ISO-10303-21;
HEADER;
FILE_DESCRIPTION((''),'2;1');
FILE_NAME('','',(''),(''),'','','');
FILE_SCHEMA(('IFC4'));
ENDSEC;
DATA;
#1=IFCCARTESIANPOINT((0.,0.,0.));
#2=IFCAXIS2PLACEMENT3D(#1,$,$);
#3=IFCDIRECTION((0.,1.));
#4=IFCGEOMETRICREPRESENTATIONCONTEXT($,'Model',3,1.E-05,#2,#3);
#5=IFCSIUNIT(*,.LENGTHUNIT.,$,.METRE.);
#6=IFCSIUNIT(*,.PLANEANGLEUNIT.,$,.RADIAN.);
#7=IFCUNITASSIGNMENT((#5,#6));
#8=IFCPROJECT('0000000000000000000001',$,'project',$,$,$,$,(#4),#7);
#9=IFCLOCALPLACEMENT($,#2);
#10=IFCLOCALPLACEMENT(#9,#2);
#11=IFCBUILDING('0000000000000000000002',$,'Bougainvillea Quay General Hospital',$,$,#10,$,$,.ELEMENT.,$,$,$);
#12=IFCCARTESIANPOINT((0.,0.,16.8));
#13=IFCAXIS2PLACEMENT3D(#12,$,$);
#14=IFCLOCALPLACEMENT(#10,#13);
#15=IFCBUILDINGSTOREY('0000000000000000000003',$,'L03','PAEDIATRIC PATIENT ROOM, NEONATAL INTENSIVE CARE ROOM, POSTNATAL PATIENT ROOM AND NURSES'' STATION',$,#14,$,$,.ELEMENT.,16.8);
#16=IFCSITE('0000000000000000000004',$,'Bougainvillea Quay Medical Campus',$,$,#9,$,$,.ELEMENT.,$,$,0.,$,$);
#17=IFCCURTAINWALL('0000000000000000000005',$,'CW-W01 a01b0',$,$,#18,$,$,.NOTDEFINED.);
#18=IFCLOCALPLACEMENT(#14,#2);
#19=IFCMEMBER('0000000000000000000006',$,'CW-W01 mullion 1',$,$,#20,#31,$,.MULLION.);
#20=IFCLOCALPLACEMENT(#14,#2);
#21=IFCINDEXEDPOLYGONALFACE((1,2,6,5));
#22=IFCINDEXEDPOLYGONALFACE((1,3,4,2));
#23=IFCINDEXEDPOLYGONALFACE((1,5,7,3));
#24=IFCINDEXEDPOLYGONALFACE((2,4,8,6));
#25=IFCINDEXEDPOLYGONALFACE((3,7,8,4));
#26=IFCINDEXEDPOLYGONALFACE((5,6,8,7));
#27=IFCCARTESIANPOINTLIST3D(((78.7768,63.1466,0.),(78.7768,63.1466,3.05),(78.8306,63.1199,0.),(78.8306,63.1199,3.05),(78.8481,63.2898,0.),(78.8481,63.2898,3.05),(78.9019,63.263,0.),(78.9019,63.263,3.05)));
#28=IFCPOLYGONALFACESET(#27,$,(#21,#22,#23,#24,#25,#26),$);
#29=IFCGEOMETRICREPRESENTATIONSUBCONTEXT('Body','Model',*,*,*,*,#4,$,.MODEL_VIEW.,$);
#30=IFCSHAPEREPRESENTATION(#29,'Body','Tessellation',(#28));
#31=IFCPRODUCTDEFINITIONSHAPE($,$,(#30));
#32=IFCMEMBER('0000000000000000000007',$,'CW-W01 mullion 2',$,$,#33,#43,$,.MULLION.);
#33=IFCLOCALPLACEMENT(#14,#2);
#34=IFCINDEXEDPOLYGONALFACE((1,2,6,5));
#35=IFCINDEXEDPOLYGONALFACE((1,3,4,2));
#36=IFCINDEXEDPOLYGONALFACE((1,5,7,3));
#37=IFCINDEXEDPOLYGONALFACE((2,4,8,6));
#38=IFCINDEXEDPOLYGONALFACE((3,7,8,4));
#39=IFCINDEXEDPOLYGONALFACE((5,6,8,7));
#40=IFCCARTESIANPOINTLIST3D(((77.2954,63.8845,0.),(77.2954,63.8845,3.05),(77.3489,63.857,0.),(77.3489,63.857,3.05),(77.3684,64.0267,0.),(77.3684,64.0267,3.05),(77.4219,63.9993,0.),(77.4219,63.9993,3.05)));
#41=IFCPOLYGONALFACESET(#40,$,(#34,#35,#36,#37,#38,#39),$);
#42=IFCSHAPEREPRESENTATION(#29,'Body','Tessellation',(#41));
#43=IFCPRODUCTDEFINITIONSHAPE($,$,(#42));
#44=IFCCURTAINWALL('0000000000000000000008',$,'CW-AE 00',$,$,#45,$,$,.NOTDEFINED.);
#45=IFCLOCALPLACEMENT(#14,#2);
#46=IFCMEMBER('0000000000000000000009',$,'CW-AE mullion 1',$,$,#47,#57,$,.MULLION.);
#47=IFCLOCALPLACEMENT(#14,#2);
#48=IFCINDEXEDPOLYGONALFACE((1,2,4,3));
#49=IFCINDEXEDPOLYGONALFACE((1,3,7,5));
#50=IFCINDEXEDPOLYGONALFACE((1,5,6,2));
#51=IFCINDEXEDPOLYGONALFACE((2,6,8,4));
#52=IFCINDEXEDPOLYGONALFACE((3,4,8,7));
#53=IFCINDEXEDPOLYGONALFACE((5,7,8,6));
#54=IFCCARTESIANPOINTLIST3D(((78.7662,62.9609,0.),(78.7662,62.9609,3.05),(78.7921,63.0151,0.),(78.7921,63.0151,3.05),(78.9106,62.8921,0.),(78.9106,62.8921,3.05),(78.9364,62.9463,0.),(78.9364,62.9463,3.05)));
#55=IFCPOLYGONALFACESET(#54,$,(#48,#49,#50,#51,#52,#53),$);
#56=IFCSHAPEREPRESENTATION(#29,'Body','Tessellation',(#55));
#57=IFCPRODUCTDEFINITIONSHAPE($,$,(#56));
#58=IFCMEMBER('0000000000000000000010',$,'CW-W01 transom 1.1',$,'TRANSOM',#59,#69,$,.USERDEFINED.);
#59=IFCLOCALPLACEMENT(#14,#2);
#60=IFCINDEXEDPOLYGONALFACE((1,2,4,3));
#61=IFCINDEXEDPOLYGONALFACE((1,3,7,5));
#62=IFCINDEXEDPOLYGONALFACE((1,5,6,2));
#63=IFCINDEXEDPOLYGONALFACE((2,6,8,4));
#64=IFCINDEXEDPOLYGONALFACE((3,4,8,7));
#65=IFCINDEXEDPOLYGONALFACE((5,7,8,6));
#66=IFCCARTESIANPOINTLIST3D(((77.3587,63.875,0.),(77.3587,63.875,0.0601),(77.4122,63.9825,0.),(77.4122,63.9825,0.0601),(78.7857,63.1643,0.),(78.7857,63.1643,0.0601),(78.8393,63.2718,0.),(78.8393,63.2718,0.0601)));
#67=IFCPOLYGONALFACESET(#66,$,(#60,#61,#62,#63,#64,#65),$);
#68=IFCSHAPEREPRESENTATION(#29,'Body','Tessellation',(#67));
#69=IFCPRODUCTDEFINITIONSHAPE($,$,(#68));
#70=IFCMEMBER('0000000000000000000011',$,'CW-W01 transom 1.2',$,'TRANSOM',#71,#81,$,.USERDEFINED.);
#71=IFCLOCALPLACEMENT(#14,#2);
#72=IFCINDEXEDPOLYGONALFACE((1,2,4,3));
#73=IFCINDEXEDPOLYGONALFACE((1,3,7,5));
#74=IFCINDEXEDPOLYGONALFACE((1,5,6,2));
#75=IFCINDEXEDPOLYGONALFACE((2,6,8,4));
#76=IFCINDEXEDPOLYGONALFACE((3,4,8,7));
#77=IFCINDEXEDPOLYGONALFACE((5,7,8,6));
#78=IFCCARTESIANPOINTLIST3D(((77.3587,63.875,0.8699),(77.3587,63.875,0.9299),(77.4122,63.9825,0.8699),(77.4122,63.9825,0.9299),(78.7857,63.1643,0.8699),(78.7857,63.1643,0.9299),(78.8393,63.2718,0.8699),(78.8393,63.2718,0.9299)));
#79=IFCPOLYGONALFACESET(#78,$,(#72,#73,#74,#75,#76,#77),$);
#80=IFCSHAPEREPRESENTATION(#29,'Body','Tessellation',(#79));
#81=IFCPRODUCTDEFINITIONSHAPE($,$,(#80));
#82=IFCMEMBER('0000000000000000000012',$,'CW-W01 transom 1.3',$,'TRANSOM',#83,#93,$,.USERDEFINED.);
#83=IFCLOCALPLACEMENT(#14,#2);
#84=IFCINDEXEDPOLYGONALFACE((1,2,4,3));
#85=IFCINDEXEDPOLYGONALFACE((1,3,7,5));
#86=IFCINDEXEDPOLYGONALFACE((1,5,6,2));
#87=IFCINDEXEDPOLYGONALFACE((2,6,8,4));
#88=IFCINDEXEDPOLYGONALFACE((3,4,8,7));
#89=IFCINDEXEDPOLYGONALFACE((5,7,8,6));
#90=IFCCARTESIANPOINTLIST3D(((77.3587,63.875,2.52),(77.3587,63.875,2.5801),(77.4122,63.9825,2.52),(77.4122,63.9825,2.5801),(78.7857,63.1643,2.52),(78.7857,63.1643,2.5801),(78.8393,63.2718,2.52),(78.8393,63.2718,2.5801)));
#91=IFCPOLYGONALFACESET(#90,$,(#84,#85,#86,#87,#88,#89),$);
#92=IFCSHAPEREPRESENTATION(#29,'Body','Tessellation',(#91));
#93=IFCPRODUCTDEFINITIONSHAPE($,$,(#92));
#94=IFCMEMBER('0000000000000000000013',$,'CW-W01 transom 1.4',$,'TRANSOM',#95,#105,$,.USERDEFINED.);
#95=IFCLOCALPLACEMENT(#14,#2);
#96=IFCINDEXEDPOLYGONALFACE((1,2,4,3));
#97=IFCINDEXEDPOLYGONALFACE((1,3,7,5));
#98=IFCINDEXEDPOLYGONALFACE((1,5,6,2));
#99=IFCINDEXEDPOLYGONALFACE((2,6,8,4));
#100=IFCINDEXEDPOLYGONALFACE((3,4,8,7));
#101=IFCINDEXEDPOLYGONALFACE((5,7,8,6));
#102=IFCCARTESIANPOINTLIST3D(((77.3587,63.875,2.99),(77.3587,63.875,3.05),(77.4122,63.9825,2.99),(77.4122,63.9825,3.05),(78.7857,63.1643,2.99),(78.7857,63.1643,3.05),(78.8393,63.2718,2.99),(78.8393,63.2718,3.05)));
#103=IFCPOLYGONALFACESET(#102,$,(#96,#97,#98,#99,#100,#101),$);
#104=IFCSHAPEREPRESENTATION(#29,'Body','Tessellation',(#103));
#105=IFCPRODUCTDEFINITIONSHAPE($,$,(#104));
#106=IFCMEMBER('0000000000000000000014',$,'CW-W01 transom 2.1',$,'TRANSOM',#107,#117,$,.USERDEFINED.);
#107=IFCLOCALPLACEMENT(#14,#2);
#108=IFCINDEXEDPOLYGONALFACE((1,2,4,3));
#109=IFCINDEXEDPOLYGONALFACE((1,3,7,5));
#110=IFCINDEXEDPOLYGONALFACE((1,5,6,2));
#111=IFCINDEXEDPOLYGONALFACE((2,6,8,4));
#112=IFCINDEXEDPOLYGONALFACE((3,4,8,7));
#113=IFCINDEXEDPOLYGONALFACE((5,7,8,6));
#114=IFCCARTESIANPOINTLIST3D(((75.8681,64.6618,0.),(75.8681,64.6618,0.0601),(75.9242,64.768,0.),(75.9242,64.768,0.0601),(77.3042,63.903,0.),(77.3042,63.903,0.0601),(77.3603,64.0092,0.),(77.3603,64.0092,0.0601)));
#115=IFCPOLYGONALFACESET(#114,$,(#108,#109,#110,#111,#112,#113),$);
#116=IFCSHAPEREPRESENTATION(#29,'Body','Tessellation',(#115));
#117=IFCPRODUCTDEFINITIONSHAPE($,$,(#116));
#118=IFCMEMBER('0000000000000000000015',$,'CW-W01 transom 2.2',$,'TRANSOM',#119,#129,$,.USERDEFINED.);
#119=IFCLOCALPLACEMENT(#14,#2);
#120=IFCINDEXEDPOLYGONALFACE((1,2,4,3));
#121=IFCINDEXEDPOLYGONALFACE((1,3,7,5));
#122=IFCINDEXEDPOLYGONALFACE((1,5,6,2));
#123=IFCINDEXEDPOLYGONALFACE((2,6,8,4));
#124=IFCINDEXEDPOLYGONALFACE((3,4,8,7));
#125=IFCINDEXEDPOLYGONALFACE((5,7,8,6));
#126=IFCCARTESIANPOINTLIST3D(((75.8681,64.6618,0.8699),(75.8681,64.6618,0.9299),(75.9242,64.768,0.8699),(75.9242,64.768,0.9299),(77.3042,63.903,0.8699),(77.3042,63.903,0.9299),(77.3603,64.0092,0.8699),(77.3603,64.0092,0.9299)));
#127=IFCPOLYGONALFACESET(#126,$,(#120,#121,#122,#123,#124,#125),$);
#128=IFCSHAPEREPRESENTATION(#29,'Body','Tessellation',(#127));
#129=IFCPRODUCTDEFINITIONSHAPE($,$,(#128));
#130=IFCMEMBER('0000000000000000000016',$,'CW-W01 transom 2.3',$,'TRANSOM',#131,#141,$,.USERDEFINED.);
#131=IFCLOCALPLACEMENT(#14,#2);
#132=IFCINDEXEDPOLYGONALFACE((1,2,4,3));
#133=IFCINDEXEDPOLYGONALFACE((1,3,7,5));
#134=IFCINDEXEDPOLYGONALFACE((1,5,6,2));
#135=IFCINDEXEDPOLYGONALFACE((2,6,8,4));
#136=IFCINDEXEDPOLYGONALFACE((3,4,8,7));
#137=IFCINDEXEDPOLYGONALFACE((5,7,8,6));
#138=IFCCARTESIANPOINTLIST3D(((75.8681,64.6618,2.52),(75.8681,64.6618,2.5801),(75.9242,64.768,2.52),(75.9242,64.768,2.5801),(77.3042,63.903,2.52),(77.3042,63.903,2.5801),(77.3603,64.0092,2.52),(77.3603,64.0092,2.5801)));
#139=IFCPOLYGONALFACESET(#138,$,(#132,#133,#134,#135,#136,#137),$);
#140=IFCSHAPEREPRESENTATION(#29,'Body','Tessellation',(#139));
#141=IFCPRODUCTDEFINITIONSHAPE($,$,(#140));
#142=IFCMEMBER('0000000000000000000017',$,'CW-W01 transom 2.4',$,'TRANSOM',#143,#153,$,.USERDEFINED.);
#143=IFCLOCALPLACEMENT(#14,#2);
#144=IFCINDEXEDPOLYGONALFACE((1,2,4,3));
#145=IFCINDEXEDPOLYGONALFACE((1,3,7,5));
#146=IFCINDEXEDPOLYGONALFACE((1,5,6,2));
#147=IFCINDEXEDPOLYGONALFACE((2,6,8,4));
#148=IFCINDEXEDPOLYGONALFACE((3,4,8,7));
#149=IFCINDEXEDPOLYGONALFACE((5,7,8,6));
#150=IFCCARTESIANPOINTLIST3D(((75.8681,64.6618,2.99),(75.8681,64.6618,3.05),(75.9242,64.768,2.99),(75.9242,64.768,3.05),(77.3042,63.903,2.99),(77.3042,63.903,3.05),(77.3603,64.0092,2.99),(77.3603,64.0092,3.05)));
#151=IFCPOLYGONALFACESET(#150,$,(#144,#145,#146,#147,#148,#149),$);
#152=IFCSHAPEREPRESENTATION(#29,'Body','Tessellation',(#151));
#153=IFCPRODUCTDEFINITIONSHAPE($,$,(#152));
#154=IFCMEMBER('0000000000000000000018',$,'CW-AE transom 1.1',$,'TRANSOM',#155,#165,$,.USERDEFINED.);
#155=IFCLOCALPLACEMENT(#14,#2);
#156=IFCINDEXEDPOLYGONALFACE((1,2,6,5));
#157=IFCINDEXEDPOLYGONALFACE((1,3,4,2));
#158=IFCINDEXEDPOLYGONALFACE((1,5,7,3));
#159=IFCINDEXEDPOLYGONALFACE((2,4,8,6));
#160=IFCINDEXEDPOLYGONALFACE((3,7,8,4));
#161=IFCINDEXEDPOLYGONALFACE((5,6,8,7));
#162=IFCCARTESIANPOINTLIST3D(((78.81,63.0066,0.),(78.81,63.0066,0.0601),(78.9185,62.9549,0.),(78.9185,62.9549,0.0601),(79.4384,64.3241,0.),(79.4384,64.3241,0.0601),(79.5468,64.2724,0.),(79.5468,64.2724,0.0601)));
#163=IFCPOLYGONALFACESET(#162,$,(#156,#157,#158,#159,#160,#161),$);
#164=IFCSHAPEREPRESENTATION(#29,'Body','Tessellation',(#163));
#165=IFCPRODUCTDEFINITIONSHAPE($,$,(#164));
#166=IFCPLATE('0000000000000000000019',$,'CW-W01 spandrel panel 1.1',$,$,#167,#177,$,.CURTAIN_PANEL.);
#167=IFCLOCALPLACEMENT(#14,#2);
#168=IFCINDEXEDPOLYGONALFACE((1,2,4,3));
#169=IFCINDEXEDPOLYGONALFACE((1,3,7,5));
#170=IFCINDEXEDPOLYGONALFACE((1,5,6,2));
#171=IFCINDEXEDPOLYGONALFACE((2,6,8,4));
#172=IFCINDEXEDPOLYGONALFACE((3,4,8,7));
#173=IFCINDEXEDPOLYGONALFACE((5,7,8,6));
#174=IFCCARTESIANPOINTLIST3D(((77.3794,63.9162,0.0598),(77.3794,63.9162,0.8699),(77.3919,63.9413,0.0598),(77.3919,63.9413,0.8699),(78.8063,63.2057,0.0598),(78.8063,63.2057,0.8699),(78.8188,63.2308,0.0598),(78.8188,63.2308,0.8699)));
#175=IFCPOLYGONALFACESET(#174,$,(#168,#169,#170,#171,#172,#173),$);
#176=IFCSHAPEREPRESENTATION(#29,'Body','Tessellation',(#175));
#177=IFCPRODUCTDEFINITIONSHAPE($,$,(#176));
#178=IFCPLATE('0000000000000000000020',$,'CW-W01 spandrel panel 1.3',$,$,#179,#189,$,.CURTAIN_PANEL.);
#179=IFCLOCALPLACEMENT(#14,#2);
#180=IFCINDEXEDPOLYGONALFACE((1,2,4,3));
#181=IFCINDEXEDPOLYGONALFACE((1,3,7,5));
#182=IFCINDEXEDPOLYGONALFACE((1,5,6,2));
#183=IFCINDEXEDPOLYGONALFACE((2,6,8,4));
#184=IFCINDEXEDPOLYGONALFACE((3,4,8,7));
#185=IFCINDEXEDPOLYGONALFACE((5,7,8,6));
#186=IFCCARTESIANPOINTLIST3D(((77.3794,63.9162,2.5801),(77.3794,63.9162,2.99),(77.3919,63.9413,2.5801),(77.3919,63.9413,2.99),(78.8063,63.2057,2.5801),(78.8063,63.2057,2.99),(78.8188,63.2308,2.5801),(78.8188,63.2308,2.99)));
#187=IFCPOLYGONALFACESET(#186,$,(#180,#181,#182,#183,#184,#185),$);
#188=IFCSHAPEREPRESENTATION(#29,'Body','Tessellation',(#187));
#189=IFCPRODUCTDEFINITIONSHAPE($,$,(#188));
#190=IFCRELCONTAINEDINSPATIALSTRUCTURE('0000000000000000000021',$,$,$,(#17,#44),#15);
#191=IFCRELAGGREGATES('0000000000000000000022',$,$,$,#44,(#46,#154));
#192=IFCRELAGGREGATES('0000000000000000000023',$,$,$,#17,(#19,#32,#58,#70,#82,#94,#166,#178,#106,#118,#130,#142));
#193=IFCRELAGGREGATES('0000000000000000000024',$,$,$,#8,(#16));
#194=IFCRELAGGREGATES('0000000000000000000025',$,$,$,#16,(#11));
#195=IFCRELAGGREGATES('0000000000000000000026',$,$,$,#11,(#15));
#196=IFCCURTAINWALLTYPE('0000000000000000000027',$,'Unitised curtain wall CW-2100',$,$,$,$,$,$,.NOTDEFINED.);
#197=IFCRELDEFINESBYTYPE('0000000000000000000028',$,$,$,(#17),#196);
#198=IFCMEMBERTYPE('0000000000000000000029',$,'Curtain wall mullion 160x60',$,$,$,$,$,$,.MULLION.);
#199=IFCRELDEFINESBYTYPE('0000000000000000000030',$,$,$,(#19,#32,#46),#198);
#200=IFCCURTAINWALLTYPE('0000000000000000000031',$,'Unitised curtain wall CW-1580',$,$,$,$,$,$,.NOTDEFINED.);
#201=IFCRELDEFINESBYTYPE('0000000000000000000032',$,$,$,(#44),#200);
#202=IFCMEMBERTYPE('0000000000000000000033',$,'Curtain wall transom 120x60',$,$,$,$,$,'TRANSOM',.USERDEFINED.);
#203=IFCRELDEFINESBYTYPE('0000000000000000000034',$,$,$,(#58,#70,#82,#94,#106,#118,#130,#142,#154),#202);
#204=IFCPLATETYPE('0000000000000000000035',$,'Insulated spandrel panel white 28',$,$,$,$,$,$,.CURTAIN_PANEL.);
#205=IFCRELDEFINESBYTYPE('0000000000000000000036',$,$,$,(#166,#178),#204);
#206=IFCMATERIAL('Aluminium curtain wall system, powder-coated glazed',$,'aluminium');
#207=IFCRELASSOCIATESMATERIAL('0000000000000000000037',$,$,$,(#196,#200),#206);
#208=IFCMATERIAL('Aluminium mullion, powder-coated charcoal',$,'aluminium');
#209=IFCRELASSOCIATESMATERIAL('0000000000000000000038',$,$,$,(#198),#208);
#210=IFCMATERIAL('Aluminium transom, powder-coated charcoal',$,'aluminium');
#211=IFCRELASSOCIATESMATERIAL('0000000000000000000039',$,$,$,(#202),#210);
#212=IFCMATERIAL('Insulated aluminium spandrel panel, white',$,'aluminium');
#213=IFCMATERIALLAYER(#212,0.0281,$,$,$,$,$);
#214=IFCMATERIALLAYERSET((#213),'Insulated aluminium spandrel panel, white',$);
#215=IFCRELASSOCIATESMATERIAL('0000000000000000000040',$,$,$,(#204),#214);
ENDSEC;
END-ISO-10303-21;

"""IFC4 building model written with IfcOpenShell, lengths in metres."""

from ifc_helpers import new_model, si_unit, direction, frame, origin, origin_2d, place, context, subcontext, project, spatial, rectangle, extrude, material, layer, layer_set, material_profile, profile_set, type_object, element, aggregate, save


model = new_model("IFC4")

# Units and contexts
model_context = context("Model", 3, precision=1e-05, world=origin(), true_north=direction((0.0, 1.0)))
body_context = subcontext(model_context, "Body", "Model", "MODEL_VIEW")
ifc_project = project(units=[si_unit("LENGTHUNIT", "METRE"), si_unit("PLANEANGLEUNIT", "RADIAN")], contexts=[model_context])

# Site, building, storey
site_placement = place(None, origin())
site = spatial("IfcSite", under=ifc_project, at=site_placement, Name="Bougainvillea Quay Medical Campus", CompositionType="ELEMENT", RefElevation=0.0)
building_placement = place(site_placement, origin())
building = spatial("IfcBuilding", under=site, at=building_placement, Name="Bougainvillea Quay General Hospital", CompositionType="ELEMENT")
storey_placement = place(building_placement, frame((0.0, 0.0, 16.8)))
storey = spatial("IfcBuildingStorey", under=building, at=storey_placement, Name="L03", Description="PAEDIATRIC PATIENT ROOM, NEONATAL INTENSIVE CARE ROOM, POSTNATAL PATIENT ROOM AND NURSES' STATION", CompositionType="ELEMENT", Elevation=16.8)

# Curtain wall, members
ifc_material_1 = material(Name="Aluminium curtain wall system, powder-coated glazed", Category="aluminium")
curtain_wall_type_1 = type_object("IfcCurtainWallType", Name="Unitised curtain wall CW-2100", PredefinedType="NOTDEFINED", material=ifc_material_1)
curtain_wall_1_placement = place(storey_placement, origin())
curtain_wall_1 = element("IfcCurtainWall", 1, at=curtain_wall_1_placement, inside=storey, type_object=curtain_wall_type_1, Name="CW-W01 a01b0", PredefinedType="NOTDEFINED")
ifc_material_2 = material(Name="Aluminium mullion, powder-coated charcoal", Category="aluminium")
ifc_material_profile_1 = material_profile(ifc_material_2, rectangle(XDim=0.1599, YDim=0.0601, at=origin_2d()))
ifc_profile_set_1 = profile_set([ifc_material_profile_1], Name="Aluminium mullion, powder-coated charcoal")
member_type_1 = type_object("IfcMemberType", Name="Curtain wall mullion 160x60", PredefinedType="MULLION", material=ifc_profile_set_1)
member_1_placement = place(storey_placement, frame((78.8394, 63.2048, 0.0), z_axis=(0.0, 0.0, 1.0), x_axis=(-0.445731, -0.895167, 0.0)))
member_1 = element("IfcMember", 2, at=member_1_placement, type_object=member_type_1, Name="CW-W01 mullion 1", PredefinedType="MULLION", context=body_context, shape_type="SweptSolid", body=[
    extrude(rectangle(XDim=0.1599, YDim=0.0601, at=origin_2d()), origin(), (0.0, 0.0, 1.0), 3.05),
])
member_2_placement = place(storey_placement, frame((77.3586, 63.9419, 0.0), z_axis=(0.0, 0.0, 1.0), x_axis=(-0.456505, -0.889721, 0.0)))
member_2 = element("IfcMember", 3, at=member_2_placement, type_object=member_type_1, Name="CW-W01 mullion 2", PredefinedType="MULLION", context=body_context, shape_type="SweptSolid", body=[
    extrude(rectangle(XDim=0.1599, YDim=0.0601, at=origin_2d()), origin(), (0.0, 0.0, 1.0), 3.05),
])

# Curtain wall, member
curtain_wall_type_2 = type_object("IfcCurtainWallType", Name="Unitised curtain wall CW-1580", PredefinedType="NOTDEFINED", material=ifc_material_1)
curtain_wall_2_placement = place(storey_placement, origin())
curtain_wall_2 = element("IfcCurtainWall", 4, at=curtain_wall_2_placement, inside=storey, type_object=curtain_wall_type_2, Name="CW-AE 00", PredefinedType="NOTDEFINED")
member_3_placement = place(storey_placement, frame((78.8513, 62.9536, 0.0), z_axis=(0.0, 0.0, 1.0), x_axis=(-0.902578, 0.430525, 0.0)))
member_3 = element("IfcMember", 5, at=member_3_placement, type_object=member_type_1, Name="CW-AE mullion 1", PredefinedType="MULLION", context=body_context, shape_type="SweptSolid", body=[
    extrude(rectangle(XDim=0.1599, YDim=0.0601, at=origin_2d()), origin(), (0.0, 0.0, 1.0), 3.05),
])

# Members
ifc_material_3 = material(Name="Aluminium transom, powder-coated charcoal", Category="aluminium")
ifc_material_profile_2 = material_profile(ifc_material_3, rectangle(XDim=0.1201, YDim=0.0601, at=origin_2d()))
ifc_profile_set_2 = profile_set([ifc_material_profile_2], Name="Aluminium transom, powder-coated charcoal")
member_type_2 = type_object("IfcMemberType", Name="Curtain wall transom 120x60", ElementType="TRANSOM", PredefinedType="USERDEFINED", material=ifc_profile_set_2)
member_4_placement = place(storey_placement, frame((78.8125, 63.218, 0.03), z_axis=(-0.895131, 0.445804, 0.0), x_axis=(-0.445804, -0.895131, 0.0)))
member_4 = element("IfcMember", 6, at=member_4_placement, type_object=member_type_2, Name="CW-W01 transom 1.1", ObjectType="TRANSOM", PredefinedType="USERDEFINED", context=body_context, shape_type="SweptSolid", body=[
    extrude(rectangle(XDim=0.1201, YDim=0.0601, at=origin_2d()), origin(), (0.0, 0.0, 1.0), 1.5942),
])
member_5_placement = place(storey_placement, frame((78.8125, 63.218, 0.8999), z_axis=(-0.895131, 0.445804, 0.0), x_axis=(-0.445804, -0.895131, 0.0)))
member_5 = element("IfcMember", 7, at=member_5_placement, type_object=member_type_2, Name="CW-W01 transom 1.2", ObjectType="TRANSOM", PredefinedType="USERDEFINED", context=body_context, shape_type="SweptSolid", body=[
    extrude(rectangle(XDim=0.1201, YDim=0.0601, at=origin_2d()), origin(), (0.0, 0.0, 1.0), 1.5942),
])
member_6_placement = place(storey_placement, frame((78.8125, 63.218, 2.55), z_axis=(-0.895131, 0.445804, 0.0), x_axis=(-0.445804, -0.895131, 0.0)))
member_6 = element("IfcMember", 8, at=member_6_placement, type_object=member_type_2, Name="CW-W01 transom 1.3", ObjectType="TRANSOM", PredefinedType="USERDEFINED", context=body_context, shape_type="SweptSolid", body=[
    extrude(rectangle(XDim=0.1201, YDim=0.0601, at=origin_2d()), origin(), (0.0, 0.0, 1.0), 1.5942),
])
member_7_placement = place(storey_placement, frame((78.8125, 63.218, 3.02), z_axis=(-0.895131, 0.445804, 0.0), x_axis=(-0.445804, -0.895131, 0.0)))
member_7 = element("IfcMember", 9, at=member_7_placement, type_object=member_type_2, Name="CW-W01 transom 1.4", ObjectType="TRANSOM", PredefinedType="USERDEFINED", context=body_context, shape_type="SweptSolid", body=[
    extrude(rectangle(XDim=0.1201, YDim=0.0601, at=origin_2d()), origin(), (0.0, 0.0, 1.0), 1.5942),
])
member_8_placement = place(storey_placement, frame((77.3323, 63.9561, 0.03), z_axis=(-0.884161, 0.467183, 0.0), x_axis=(-0.467183, -0.884161, 0.0)))
member_8 = element("IfcMember", 10, at=member_8_placement, type_object=member_type_2, Name="CW-W01 transom 2.1", ObjectType="TRANSOM", PredefinedType="USERDEFINED", context=body_context, shape_type="SweptSolid", body=[
    extrude(rectangle(XDim=0.1201, YDim=0.0601, at=origin_2d()), origin(), (0.0, 0.0, 1.0), 1.6243),
])
member_9_placement = place(storey_placement, frame((77.3323, 63.9561, 0.8999), z_axis=(-0.884161, 0.467183, 0.0), x_axis=(-0.467183, -0.884161, 0.0)))
member_9 = element("IfcMember", 11, at=member_9_placement, type_object=member_type_2, Name="CW-W01 transom 2.2", ObjectType="TRANSOM", PredefinedType="USERDEFINED", context=body_context, shape_type="SweptSolid", body=[
    extrude(rectangle(XDim=0.1201, YDim=0.0601, at=origin_2d()), origin(), (0.0, 0.0, 1.0), 1.6243),
])
member_10_placement = place(storey_placement, frame((77.3323, 63.9561, 2.55), z_axis=(-0.884161, 0.467183, 0.0), x_axis=(-0.467183, -0.884161, 0.0)))
member_10 = element("IfcMember", 12, at=member_10_placement, type_object=member_type_2, Name="CW-W01 transom 2.3", ObjectType="TRANSOM", PredefinedType="USERDEFINED", context=body_context, shape_type="SweptSolid", body=[
    extrude(rectangle(XDim=0.1201, YDim=0.0601, at=origin_2d()), origin(), (0.0, 0.0, 1.0), 1.6243),
])
member_11_placement = place(storey_placement, frame((77.3323, 63.9561, 3.02), z_axis=(-0.884161, 0.467183, 0.0), x_axis=(-0.467183, -0.884161, 0.0)))
member_11 = element("IfcMember", 13, at=member_11_placement, type_object=member_type_2, Name="CW-W01 transom 2.4", ObjectType="TRANSOM", PredefinedType="USERDEFINED", context=body_context, shape_type="SweptSolid", body=[
    extrude(rectangle(XDim=0.1201, YDim=0.0601, at=origin_2d()), origin(), (0.0, 0.0, 1.0), 1.6243),
])
member_12_placement = place(storey_placement, frame((78.8643, 62.9807, 0.03), z_axis=(0.430479, 0.902601, 0.0), x_axis=(-0.902601, 0.430479, 0.0)))
member_12 = element("IfcMember", 14, at=member_12_placement, type_object=member_type_2, Name="CW-AE transom 1.1", ObjectType="TRANSOM", PredefinedType="USERDEFINED", context=body_context, shape_type="SweptSolid", body=[
    extrude(rectangle(XDim=0.1201, YDim=0.0601, at=origin_2d()), origin(), (0.0, 0.0, 1.0), 1.4597),
])
aggregate(curtain_wall_2, [member_3, member_12])

# Plates
ifc_material_4 = material(Name="Insulated aluminium spandrel panel, white", Category="aluminium")
ifc_layer_1 = layer(ifc_material_4, 0.0281)
ifc_layer_set_1 = layer_set([ifc_layer_1], Name="Insulated aluminium spandrel panel, white")
plate_type_1 = type_object("IfcPlateType", Name="Insulated spandrel panel white 28", PredefinedType="CURTAIN_PANEL", material=ifc_layer_set_1)
plate_1_placement = place(storey_placement, frame((78.0991, 63.5735, 0.0598), z_axis=(0.0, 0.0, 1.0), x_axis=(-0.895167, 0.445731, 0.0)))
plate_1 = element("IfcPlate", 15, at=plate_1_placement, type_object=plate_type_1, Name="CW-W01 spandrel panel 1.1", PredefinedType="CURTAIN_PANEL", context=body_context, shape_type="SweptSolid", body=[
    extrude(rectangle(XDim=1.594, YDim=0.0281, at=origin_2d()), origin(), (0.0, 0.0, 1.0), 0.8101),
])
plate_2_placement = place(storey_placement, frame((78.0991, 63.5735, 2.5801), z_axis=(0.0, 0.0, 1.0), x_axis=(-0.895167, 0.445731, 0.0)))
plate_2 = element("IfcPlate", 16, at=plate_2_placement, type_object=plate_type_1, Name="CW-W01 spandrel panel 1.3", PredefinedType="CURTAIN_PANEL", context=body_context, shape_type="SweptSolid", body=[
    extrude(rectangle(XDim=1.594, YDim=0.0281, at=origin_2d()), origin(), (0.0, 0.0, 1.0), 0.4099),
])
aggregate(curtain_wall_1, [member_1, member_2, member_4, member_5, member_6, member_7, plate_1, plate_2, member_8, member_9, member_10, member_11])

save(model, "model.ifc")
